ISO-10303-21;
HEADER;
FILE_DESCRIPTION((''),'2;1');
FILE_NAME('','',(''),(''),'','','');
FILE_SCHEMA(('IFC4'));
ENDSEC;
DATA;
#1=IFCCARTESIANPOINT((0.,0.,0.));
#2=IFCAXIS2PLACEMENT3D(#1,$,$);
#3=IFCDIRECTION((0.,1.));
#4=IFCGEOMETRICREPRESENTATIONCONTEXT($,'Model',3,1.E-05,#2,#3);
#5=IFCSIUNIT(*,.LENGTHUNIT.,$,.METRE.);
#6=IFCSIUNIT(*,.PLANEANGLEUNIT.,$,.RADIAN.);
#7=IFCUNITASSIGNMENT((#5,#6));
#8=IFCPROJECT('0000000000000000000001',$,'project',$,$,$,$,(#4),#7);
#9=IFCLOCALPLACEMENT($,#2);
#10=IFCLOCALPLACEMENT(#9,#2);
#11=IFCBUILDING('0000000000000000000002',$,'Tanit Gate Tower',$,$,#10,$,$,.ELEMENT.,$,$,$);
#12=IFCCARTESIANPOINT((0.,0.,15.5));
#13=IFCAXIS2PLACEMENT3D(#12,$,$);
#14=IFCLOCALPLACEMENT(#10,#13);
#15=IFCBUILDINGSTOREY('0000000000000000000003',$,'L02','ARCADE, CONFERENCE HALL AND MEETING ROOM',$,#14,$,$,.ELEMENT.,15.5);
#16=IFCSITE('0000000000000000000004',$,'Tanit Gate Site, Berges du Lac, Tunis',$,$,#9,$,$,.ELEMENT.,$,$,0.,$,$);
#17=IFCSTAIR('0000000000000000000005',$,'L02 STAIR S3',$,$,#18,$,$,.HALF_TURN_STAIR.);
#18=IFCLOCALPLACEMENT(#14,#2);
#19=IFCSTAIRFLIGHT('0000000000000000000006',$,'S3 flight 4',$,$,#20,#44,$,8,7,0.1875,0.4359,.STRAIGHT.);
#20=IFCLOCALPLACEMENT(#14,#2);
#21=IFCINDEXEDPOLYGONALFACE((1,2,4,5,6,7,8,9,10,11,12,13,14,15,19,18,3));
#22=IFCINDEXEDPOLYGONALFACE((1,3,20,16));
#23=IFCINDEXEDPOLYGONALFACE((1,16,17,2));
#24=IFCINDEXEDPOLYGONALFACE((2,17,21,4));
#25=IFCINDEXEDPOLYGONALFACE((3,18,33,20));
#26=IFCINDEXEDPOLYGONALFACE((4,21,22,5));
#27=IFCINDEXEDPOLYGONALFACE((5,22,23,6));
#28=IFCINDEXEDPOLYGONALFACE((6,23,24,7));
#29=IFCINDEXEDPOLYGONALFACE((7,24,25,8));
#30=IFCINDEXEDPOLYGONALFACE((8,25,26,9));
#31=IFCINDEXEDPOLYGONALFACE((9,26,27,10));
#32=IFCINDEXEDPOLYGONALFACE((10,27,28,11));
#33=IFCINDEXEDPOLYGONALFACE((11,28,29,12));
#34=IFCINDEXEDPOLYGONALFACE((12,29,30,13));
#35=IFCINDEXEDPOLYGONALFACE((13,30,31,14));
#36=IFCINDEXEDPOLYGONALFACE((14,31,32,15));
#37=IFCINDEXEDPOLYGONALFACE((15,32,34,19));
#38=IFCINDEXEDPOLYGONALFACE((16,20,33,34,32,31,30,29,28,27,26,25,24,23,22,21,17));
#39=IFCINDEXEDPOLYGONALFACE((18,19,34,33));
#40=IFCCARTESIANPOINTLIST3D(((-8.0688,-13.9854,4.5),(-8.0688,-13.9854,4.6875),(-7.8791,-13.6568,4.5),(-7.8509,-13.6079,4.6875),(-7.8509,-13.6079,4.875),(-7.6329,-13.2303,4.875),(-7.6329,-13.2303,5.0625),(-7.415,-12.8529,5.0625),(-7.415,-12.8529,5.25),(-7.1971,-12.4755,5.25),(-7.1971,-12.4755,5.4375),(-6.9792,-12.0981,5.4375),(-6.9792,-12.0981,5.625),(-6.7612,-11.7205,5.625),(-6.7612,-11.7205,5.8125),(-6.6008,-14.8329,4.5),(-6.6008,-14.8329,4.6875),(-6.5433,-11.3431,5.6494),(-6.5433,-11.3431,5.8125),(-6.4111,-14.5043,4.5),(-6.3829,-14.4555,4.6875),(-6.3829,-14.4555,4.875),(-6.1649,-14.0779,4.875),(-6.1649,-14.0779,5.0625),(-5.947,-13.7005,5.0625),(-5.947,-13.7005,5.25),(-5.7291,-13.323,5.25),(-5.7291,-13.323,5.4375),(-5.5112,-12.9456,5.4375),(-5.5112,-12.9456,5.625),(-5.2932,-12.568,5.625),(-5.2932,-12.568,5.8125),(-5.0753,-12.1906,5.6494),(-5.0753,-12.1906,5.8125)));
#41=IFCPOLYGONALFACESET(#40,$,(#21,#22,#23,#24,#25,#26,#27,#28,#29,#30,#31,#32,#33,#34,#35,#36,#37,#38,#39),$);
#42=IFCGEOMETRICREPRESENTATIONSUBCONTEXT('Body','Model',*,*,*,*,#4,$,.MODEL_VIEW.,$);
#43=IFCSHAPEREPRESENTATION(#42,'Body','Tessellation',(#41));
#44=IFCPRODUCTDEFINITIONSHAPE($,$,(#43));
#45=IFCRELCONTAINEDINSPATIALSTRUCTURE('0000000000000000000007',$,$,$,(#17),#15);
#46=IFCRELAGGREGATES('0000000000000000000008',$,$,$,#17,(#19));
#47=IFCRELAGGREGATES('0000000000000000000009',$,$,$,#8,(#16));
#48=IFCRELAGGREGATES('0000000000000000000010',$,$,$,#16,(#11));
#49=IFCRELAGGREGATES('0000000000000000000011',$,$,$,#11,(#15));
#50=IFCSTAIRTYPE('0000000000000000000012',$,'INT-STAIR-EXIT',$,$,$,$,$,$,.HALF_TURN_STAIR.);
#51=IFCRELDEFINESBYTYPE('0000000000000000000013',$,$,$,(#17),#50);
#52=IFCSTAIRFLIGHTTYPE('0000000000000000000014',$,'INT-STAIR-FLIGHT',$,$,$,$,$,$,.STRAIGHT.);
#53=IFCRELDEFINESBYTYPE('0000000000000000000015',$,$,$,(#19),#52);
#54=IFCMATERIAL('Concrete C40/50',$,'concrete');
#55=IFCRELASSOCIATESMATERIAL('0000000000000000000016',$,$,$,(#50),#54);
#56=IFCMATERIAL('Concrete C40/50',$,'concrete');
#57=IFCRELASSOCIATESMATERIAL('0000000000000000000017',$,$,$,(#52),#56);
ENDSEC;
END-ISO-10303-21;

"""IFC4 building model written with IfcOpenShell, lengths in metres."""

from ifc_helpers import new_model, si_unit, direction, frame, origin, place, context, subcontext, project, spatial, polyline, outline, extrude, material, type_object, element, aggregate, save


model = new_model("IFC4")

# Units and contexts
model_context = context("Model", 3, precision=1e-05, world=origin(), true_north=direction((0.0, 1.0)))
body_context = subcontext(model_context, "Body", "Model", "MODEL_VIEW")
ifc_project = project(units=[si_unit("LENGTHUNIT", "METRE"), si_unit("PLANEANGLEUNIT", "RADIAN")], contexts=[model_context])

# Site, building, storey
site_placement = place(None, origin())
site = spatial("IfcSite", under=ifc_project, at=site_placement, Name="Tanit Gate Site, Berges du Lac, Tunis", CompositionType="ELEMENT", RefElevation=0.0)
building_placement = place(site_placement, origin())
building = spatial("IfcBuilding", under=site, at=building_placement, Name="Tanit Gate Tower", CompositionType="ELEMENT")
storey_placement = place(building_placement, frame((0.0, 0.0, 15.5)))
storey = spatial("IfcBuildingStorey", under=building, at=storey_placement, Name="L02", Description="ARCADE, CONFERENCE HALL AND MEETING ROOM", CompositionType="ELEMENT", Elevation=15.5)

# Stair, stair flight
ifc_material_1 = material(Name="Concrete C40/50", Category="concrete")
stair_type = type_object("IfcStairType", Name="INT-STAIR-EXIT", PredefinedType="HALF_TURN_STAIR", material=ifc_material_1)
stair_placement = place(storey_placement, origin())
stair = element("IfcStair", 1, at=stair_placement, inside=storey, type_object=stair_type, Name="L02 STAIR S3", PredefinedType="HALF_TURN_STAIR")
ifc_material_2 = material(Name="Concrete C40/50", Category="concrete")
stair_flight_type = type_object("IfcStairFlightType", Name="INT-STAIR-FLIGHT", PredefinedType="STRAIGHT", material=ifc_material_2)
stair_flight_1_placement = place(storey_placement, frame((-7.3347, -14.4092, 4.5), z_axis=(0.0, 0.0, 1.0), x_axis=(0.5, 0.866025, 0.0)))
stair_flight_1 = element("IfcStairFlight", 2, at=stair_flight_1_placement, type_object=stair_flight_type, Name="S3 flight 4", NumberOfRisers=8, NumberOfTreads=7, PredefinedType="STRAIGHT", RiserHeight=0.1875, TreadLength=0.4359, context=body_context, shape_type="SweptSolid", body=[
    extrude(outline(polyline([(0.0, 0.0), (0.0, 0.1875), (0.4358, 0.1875), (0.4358, 0.375), (0.8718, 0.375), (0.8718, 0.5625), (1.3076, 0.5625), (1.3076, 0.75), (1.7434, 0.75), (1.7434, 0.9375), (2.1792, 0.9375), (2.1792, 1.125), (2.6152, 1.125), (2.6152, 1.3125), (3.051, 1.3125), (3.051, 1.5), (3.051, 1.1494), (0.3794, 0.0), (0.0, 0.0)])), frame((0.0, 0.8477, 0.0), z_axis=(0.0, -1.0, 0.0), x_axis=(1.0, 0.0, 0.0)), (0.0, 0.0, 1.0), 1.6951),
])
aggregate(stair, [stair_flight_1])

save(model, "model.ifc")
